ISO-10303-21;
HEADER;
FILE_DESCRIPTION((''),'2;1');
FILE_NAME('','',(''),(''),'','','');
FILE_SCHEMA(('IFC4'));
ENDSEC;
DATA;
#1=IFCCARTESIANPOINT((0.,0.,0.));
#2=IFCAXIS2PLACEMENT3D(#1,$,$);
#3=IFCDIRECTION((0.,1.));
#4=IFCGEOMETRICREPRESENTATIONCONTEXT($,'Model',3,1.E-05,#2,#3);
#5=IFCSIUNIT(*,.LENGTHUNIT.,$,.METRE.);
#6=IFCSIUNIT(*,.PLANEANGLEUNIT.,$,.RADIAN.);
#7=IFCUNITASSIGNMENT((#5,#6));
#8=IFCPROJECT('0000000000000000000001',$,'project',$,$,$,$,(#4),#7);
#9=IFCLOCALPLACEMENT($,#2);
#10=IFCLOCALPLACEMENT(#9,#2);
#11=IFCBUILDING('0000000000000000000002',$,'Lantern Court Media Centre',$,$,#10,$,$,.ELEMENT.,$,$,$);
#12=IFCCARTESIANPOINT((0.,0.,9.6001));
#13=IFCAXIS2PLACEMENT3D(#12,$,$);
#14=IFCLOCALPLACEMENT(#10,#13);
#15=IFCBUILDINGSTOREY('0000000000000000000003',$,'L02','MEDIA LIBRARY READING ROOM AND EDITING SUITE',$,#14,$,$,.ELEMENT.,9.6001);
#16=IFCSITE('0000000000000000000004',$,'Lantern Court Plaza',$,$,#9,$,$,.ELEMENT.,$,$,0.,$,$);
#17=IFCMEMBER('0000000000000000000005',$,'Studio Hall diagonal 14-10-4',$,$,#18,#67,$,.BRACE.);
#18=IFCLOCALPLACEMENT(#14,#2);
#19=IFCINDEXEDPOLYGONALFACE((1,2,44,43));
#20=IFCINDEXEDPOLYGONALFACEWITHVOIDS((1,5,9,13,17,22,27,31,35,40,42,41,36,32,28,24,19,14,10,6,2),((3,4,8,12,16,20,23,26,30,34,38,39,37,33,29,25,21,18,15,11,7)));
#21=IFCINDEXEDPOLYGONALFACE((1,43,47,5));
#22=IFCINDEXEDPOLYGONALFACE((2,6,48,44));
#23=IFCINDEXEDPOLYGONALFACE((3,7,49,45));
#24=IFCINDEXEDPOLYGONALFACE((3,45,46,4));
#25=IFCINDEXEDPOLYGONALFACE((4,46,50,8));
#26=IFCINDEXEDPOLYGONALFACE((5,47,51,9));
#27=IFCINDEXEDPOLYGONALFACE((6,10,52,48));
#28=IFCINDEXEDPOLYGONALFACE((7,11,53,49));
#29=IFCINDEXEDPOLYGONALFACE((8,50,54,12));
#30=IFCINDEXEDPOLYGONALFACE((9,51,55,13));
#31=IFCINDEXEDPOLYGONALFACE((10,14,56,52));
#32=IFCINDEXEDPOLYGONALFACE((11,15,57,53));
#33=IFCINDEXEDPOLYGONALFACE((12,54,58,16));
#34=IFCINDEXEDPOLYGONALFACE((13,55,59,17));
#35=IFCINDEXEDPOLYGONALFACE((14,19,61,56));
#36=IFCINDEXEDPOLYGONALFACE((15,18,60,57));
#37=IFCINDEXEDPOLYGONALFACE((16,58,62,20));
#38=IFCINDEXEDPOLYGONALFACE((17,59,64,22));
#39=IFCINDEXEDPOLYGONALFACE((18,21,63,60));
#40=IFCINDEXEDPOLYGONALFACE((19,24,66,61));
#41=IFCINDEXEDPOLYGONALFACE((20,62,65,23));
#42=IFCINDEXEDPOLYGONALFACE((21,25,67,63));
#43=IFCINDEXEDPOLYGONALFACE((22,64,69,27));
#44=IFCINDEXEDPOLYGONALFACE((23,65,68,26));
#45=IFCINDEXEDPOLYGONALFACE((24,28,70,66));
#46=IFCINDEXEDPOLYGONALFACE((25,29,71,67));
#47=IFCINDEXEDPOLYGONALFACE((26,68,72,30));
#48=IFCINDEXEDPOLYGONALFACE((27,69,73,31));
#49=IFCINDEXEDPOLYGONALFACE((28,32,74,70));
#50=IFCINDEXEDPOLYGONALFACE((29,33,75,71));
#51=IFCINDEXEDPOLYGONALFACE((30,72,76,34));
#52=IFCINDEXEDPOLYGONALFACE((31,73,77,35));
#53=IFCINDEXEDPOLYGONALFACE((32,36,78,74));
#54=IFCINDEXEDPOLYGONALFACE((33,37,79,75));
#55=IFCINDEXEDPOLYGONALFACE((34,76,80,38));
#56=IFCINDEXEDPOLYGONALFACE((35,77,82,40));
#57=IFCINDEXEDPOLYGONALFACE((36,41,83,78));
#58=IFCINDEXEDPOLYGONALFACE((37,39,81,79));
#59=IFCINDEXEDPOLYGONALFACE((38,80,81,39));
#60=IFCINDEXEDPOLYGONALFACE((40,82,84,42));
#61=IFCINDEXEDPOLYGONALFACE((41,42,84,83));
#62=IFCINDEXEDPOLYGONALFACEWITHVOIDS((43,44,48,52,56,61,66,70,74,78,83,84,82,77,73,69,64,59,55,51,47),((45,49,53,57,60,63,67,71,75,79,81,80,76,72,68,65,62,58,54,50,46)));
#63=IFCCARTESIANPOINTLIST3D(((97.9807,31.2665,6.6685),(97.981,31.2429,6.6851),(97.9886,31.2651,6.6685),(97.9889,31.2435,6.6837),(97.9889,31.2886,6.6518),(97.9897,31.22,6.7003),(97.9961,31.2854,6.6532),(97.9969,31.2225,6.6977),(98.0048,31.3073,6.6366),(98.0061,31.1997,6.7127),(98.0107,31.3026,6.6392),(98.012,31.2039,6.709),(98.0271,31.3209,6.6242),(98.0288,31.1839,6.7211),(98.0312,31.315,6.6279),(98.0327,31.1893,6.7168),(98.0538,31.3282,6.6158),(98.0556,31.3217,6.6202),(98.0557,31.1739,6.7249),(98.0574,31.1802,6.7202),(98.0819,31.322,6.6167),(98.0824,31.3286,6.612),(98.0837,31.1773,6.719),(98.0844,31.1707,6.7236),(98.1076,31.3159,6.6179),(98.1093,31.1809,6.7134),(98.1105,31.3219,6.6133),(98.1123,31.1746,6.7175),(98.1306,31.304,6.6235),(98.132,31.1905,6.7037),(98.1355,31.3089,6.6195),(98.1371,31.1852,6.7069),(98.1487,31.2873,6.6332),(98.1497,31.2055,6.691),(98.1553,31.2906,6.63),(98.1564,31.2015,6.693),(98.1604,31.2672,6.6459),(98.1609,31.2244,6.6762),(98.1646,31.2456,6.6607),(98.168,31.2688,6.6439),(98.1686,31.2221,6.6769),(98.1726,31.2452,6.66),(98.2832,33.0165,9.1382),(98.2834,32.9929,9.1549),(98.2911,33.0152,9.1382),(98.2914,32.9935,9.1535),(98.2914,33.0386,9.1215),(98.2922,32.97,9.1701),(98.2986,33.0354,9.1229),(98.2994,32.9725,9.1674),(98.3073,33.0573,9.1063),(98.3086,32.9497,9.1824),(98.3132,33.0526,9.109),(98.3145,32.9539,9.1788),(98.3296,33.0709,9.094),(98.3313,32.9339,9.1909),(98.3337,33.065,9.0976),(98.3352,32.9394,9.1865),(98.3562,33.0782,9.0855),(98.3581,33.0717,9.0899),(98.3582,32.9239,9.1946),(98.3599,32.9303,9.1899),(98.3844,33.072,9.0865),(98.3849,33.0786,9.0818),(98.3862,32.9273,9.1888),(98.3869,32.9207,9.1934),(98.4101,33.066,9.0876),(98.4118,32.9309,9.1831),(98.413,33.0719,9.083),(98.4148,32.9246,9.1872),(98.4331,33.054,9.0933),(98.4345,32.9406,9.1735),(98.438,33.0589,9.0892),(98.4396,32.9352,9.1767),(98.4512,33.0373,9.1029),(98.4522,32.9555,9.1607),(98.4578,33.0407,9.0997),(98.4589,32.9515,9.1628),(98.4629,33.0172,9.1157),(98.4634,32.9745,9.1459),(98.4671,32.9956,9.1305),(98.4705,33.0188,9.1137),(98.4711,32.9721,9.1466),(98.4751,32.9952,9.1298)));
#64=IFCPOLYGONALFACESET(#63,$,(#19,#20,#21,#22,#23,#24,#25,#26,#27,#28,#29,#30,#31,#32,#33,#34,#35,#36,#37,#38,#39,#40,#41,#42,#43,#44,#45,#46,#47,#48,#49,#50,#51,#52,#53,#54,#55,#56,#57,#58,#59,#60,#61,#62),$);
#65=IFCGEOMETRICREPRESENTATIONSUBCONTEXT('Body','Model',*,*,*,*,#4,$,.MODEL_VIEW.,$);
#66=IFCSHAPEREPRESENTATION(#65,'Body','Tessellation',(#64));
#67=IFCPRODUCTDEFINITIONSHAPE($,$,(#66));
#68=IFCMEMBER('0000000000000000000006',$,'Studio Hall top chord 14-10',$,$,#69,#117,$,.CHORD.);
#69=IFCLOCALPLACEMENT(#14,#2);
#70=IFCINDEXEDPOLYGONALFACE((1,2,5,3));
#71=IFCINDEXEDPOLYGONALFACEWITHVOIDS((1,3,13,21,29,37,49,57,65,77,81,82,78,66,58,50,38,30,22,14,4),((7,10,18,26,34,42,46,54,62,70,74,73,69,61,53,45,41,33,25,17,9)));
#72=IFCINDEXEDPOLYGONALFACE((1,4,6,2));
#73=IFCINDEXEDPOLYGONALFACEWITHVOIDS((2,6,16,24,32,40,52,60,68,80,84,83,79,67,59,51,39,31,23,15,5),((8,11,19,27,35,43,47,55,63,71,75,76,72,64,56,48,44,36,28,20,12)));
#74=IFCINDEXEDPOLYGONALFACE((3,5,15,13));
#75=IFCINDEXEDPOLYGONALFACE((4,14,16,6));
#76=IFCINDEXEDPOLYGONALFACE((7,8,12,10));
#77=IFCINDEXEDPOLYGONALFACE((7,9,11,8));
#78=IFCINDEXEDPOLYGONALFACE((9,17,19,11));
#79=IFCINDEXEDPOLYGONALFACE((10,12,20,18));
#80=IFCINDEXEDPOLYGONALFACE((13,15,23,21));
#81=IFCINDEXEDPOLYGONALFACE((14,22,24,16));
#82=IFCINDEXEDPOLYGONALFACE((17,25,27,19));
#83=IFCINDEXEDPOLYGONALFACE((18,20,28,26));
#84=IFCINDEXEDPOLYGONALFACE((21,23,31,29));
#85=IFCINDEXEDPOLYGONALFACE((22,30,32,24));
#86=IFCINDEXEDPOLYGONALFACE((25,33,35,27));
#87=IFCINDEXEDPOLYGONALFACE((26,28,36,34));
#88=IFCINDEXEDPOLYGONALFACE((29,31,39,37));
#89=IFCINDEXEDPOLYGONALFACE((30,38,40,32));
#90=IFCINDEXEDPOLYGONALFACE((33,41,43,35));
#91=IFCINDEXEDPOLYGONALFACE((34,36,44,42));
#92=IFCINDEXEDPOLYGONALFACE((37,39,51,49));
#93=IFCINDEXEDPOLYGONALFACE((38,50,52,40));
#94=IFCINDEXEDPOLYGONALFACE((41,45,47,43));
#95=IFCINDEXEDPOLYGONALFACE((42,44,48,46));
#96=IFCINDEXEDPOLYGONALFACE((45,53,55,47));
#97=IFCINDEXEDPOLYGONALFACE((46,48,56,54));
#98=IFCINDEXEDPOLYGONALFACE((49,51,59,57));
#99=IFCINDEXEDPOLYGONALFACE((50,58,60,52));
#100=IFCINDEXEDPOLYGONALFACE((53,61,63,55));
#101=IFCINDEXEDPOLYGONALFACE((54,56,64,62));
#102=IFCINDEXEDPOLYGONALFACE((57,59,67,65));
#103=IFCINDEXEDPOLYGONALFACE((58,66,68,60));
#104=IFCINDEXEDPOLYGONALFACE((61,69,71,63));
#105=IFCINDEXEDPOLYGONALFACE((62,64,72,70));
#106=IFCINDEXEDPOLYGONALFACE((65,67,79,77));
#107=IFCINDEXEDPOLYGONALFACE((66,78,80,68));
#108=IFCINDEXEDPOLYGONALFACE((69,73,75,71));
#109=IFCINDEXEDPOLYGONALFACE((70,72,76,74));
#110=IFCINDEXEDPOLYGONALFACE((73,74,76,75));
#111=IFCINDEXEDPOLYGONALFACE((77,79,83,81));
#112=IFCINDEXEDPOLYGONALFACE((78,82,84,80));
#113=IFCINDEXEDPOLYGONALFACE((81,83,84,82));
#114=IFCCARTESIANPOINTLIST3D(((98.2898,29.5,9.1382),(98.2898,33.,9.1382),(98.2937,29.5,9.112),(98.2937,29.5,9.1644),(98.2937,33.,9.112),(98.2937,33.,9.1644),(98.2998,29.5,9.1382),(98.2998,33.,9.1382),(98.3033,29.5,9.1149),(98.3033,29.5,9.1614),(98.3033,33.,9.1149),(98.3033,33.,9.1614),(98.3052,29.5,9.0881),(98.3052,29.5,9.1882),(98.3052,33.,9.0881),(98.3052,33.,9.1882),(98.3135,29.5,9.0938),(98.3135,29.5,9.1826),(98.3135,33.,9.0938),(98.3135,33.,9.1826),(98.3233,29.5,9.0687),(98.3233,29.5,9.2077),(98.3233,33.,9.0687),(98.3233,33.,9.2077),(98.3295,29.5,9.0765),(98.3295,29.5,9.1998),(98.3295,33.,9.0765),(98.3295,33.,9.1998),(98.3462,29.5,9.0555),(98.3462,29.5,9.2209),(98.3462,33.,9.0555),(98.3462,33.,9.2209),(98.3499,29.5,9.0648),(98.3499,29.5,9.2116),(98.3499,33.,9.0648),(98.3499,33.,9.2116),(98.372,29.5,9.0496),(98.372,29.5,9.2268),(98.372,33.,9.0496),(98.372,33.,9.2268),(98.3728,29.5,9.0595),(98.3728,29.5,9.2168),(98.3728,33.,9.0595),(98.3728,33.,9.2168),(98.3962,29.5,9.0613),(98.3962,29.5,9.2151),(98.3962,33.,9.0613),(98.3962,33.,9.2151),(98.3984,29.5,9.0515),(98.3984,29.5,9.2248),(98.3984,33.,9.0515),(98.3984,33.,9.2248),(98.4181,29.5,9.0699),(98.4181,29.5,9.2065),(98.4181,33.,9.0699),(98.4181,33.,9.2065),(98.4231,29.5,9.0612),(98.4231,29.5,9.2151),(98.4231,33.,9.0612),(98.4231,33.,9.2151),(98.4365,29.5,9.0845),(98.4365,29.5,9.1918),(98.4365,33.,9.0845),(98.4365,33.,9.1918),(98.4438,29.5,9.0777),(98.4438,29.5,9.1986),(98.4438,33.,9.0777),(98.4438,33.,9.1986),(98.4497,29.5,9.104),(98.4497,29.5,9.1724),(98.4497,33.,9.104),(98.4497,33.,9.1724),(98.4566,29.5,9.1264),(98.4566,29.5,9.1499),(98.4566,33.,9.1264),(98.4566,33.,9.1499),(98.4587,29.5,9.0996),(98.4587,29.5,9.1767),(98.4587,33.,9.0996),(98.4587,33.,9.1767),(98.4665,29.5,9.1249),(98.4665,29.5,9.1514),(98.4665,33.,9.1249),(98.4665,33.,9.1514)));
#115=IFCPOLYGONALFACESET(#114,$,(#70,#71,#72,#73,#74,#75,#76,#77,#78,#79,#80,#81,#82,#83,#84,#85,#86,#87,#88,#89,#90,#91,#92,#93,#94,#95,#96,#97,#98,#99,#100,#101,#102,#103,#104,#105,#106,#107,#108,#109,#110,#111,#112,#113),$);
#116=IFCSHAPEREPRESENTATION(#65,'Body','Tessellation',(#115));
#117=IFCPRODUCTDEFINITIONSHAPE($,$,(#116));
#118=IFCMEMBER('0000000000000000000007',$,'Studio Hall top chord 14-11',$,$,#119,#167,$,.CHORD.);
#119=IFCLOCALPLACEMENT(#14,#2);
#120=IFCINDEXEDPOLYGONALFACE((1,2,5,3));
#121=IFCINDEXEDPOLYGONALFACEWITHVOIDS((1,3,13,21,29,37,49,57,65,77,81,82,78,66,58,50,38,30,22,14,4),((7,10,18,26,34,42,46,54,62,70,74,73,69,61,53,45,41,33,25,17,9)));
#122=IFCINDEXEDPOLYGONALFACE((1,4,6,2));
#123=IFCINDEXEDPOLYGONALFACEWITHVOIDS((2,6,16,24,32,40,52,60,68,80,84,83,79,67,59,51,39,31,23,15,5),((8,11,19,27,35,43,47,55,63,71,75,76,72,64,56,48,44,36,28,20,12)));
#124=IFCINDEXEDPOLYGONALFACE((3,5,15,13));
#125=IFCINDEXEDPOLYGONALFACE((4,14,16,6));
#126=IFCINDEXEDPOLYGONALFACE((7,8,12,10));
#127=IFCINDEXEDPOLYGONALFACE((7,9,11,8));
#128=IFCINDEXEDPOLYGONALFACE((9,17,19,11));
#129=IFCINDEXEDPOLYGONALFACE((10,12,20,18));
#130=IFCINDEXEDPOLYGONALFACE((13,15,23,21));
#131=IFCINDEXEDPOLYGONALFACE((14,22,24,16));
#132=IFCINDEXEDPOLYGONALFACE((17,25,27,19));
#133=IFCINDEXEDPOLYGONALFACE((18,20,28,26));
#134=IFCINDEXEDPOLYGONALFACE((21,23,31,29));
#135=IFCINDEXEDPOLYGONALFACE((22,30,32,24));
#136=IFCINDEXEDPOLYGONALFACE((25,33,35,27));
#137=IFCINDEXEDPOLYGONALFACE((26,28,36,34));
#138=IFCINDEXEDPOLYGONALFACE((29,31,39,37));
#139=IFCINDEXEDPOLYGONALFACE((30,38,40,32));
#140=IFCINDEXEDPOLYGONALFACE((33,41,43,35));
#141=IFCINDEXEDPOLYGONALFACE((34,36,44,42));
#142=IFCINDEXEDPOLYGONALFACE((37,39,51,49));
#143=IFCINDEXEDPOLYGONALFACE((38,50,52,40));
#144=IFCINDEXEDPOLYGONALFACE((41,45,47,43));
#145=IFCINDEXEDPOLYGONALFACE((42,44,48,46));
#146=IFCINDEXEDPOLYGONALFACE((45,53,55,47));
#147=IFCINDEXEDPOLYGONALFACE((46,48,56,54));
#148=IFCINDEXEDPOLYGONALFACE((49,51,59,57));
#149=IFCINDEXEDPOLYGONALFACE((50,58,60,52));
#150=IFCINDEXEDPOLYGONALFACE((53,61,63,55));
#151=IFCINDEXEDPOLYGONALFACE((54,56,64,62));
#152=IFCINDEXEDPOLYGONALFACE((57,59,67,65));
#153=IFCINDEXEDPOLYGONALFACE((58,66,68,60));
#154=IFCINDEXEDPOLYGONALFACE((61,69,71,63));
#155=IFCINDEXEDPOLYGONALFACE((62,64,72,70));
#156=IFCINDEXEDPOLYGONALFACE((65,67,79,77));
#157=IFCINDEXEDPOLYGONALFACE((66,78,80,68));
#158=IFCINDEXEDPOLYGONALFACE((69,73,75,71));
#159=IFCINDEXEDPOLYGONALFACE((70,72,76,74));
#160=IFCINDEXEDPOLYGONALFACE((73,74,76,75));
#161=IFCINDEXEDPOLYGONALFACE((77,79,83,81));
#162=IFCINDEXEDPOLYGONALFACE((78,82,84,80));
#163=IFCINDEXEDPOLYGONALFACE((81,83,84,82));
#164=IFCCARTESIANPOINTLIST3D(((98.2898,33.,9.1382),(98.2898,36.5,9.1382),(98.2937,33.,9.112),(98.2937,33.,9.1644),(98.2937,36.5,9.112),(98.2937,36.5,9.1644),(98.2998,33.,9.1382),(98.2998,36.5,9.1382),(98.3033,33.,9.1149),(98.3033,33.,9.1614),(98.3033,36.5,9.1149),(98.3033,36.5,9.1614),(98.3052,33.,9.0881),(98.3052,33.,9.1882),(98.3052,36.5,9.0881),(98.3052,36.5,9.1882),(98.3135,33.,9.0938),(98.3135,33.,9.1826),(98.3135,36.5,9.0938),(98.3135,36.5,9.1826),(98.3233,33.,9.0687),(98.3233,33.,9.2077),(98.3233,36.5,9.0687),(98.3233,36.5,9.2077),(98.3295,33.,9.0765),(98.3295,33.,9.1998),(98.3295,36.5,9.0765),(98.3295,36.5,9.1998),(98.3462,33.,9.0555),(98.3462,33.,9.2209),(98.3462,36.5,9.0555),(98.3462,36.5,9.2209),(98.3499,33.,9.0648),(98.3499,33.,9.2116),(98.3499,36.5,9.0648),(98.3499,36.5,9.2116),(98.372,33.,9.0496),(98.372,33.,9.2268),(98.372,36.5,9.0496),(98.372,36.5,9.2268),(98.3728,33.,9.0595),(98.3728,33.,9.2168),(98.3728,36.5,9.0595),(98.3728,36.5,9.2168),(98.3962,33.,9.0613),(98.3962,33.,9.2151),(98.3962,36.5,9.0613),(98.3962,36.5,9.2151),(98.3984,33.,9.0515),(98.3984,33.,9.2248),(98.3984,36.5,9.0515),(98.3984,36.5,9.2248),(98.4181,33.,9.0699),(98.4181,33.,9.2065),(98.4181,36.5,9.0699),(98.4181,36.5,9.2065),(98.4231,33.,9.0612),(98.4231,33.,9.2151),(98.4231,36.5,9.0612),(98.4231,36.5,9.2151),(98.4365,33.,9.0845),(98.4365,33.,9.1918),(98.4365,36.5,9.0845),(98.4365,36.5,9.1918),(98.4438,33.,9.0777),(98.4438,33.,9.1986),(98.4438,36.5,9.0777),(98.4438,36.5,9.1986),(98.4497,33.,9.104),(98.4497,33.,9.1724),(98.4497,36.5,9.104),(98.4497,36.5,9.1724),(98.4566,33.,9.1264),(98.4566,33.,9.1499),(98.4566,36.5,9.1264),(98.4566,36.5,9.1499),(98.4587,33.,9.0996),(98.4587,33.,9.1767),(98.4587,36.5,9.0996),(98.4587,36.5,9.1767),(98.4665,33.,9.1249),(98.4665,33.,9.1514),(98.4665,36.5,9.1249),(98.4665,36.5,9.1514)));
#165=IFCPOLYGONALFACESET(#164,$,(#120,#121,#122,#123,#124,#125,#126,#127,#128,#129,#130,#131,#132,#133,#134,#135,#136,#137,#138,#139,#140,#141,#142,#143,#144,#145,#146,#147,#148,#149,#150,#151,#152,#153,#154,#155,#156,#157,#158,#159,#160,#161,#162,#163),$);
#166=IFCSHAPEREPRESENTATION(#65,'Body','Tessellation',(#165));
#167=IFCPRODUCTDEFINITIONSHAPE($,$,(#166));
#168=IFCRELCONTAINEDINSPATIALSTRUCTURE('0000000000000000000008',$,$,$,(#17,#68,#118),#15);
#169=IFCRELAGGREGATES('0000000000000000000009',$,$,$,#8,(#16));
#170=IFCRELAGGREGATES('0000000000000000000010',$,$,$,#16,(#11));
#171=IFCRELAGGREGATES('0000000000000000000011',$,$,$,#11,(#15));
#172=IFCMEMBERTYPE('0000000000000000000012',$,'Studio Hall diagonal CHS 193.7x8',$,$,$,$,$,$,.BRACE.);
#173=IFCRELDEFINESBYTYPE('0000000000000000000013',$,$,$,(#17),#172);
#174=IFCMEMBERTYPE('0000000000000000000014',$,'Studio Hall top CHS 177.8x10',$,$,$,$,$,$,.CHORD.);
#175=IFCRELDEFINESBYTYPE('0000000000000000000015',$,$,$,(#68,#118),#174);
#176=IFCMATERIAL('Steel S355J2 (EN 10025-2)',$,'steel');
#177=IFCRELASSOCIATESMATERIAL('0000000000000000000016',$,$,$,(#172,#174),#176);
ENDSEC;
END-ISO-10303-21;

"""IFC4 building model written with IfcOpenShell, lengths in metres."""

from ifc_helpers import new_model, si_unit, direction, frame, origin, origin_2d, place, context, subcontext, project, spatial, hollow_circle, extrude, material, material_profile, profile_set, type_object, element, save


model = new_model("IFC4")

# Units and contexts
model_context = context("Model", 3, precision=1e-05, world=origin(), true_north=direction((0.0, 1.0)))
body_context = subcontext(model_context, "Body", "Model", "MODEL_VIEW")
ifc_project = project(units=[si_unit("LENGTHUNIT", "METRE"), si_unit("PLANEANGLEUNIT", "RADIAN")], contexts=[model_context])

# Site, building, storey
site_placement = place(None, origin())
site = spatial("IfcSite", under=ifc_project, at=site_placement, Name="Lantern Court Plaza", CompositionType="ELEMENT", RefElevation=0.0)
building_placement = place(site_placement, origin())
building = spatial("IfcBuilding", under=site, at=building_placement, Name="Lantern Court Media Centre", CompositionType="ELEMENT")
storey_placement = place(building_placement, frame((0.0, 0.0, 9.6001)))
storey = spatial("IfcBuildingStorey", under=building, at=storey_placement, Name="L02", Description="MEDIA LIBRARY READING ROOM AND EDITING SUITE", CompositionType="ELEMENT", Elevation=9.6001)

# Members
ifc_material = material(Name="Steel S355J2 (EN 10025-2)", Category="steel")
ifc_material_profile_1 = material_profile(ifc_material, hollow_circle(Radius=0.0969, WallThickness=0.0081, at=origin_2d()), Name="Studio Hall diagonal CHS 193.7x8")
ifc_profile_set_1 = profile_set([ifc_material_profile_1], Name="Steel S355J2 (EN 10025-2)")
member_type_1 = type_object("IfcMemberType", Name="Studio Hall diagonal CHS 193.7x8", PredefinedType="BRACE", material=ifc_profile_set_1)
for number, where, z_axis, x_axis, name in (
    (1, (98.0762, 31.25, 6.6685), (0.099439, 0.575286, 0.811885), (-0.985388, 0.170326, 0.0), "Studio Hall diagonal 14-10-4"),
):
    element("IfcMember", number, at=place(storey_placement, frame(where, z_axis=z_axis, x_axis=x_axis)), inside=storey, type_object=member_type_1, Name=name, PredefinedType="BRACE", context=body_context, shape_type="SweptSolid", body=[
        extrude(hollow_circle(Radius=0.0969, WallThickness=0.0081, at=origin_2d()), origin(), (0.0, 0.0, 1.0), 3.042),
    ])
ifc_material_profile_2 = material_profile(ifc_material, hollow_circle(Radius=0.0889, WallThickness=0.01, at=origin_2d()), Name="Studio Hall top CHS 177.8x10")
ifc_profile_set_2 = profile_set([ifc_material_profile_2], Name="Steel S355J2 (EN 10025-2)")
member_type_2 = type_object("IfcMemberType", Name="Studio Hall top CHS 177.8x10", PredefinedType="CHORD", material=ifc_profile_set_2)
for number, where, z_axis, x_axis, name in (
    (2, (98.3787, 29.5, 9.1382), (0.0, 1.0, 0.0), (-1.0, 0.0, 0.0), "Studio Hall top chord 14-10"),
    (3, (98.3787, 33.0, 9.1382), (0.0, 1.0, 0.0), (-1.0, 0.0, 0.0), "Studio Hall top chord 14-11"),
):
    element("IfcMember", number, at=place(storey_placement, frame(where, z_axis=z_axis, x_axis=x_axis)), inside=storey, type_object=member_type_2, Name=name, PredefinedType="CHORD", context=body_context, shape_type="SweptSolid", body=[
        extrude(hollow_circle(Radius=0.0889, WallThickness=0.01, at=origin_2d()), origin(), (0.0, 0.0, 1.0), 3.5),
    ])

save(model, "model.ifc")
